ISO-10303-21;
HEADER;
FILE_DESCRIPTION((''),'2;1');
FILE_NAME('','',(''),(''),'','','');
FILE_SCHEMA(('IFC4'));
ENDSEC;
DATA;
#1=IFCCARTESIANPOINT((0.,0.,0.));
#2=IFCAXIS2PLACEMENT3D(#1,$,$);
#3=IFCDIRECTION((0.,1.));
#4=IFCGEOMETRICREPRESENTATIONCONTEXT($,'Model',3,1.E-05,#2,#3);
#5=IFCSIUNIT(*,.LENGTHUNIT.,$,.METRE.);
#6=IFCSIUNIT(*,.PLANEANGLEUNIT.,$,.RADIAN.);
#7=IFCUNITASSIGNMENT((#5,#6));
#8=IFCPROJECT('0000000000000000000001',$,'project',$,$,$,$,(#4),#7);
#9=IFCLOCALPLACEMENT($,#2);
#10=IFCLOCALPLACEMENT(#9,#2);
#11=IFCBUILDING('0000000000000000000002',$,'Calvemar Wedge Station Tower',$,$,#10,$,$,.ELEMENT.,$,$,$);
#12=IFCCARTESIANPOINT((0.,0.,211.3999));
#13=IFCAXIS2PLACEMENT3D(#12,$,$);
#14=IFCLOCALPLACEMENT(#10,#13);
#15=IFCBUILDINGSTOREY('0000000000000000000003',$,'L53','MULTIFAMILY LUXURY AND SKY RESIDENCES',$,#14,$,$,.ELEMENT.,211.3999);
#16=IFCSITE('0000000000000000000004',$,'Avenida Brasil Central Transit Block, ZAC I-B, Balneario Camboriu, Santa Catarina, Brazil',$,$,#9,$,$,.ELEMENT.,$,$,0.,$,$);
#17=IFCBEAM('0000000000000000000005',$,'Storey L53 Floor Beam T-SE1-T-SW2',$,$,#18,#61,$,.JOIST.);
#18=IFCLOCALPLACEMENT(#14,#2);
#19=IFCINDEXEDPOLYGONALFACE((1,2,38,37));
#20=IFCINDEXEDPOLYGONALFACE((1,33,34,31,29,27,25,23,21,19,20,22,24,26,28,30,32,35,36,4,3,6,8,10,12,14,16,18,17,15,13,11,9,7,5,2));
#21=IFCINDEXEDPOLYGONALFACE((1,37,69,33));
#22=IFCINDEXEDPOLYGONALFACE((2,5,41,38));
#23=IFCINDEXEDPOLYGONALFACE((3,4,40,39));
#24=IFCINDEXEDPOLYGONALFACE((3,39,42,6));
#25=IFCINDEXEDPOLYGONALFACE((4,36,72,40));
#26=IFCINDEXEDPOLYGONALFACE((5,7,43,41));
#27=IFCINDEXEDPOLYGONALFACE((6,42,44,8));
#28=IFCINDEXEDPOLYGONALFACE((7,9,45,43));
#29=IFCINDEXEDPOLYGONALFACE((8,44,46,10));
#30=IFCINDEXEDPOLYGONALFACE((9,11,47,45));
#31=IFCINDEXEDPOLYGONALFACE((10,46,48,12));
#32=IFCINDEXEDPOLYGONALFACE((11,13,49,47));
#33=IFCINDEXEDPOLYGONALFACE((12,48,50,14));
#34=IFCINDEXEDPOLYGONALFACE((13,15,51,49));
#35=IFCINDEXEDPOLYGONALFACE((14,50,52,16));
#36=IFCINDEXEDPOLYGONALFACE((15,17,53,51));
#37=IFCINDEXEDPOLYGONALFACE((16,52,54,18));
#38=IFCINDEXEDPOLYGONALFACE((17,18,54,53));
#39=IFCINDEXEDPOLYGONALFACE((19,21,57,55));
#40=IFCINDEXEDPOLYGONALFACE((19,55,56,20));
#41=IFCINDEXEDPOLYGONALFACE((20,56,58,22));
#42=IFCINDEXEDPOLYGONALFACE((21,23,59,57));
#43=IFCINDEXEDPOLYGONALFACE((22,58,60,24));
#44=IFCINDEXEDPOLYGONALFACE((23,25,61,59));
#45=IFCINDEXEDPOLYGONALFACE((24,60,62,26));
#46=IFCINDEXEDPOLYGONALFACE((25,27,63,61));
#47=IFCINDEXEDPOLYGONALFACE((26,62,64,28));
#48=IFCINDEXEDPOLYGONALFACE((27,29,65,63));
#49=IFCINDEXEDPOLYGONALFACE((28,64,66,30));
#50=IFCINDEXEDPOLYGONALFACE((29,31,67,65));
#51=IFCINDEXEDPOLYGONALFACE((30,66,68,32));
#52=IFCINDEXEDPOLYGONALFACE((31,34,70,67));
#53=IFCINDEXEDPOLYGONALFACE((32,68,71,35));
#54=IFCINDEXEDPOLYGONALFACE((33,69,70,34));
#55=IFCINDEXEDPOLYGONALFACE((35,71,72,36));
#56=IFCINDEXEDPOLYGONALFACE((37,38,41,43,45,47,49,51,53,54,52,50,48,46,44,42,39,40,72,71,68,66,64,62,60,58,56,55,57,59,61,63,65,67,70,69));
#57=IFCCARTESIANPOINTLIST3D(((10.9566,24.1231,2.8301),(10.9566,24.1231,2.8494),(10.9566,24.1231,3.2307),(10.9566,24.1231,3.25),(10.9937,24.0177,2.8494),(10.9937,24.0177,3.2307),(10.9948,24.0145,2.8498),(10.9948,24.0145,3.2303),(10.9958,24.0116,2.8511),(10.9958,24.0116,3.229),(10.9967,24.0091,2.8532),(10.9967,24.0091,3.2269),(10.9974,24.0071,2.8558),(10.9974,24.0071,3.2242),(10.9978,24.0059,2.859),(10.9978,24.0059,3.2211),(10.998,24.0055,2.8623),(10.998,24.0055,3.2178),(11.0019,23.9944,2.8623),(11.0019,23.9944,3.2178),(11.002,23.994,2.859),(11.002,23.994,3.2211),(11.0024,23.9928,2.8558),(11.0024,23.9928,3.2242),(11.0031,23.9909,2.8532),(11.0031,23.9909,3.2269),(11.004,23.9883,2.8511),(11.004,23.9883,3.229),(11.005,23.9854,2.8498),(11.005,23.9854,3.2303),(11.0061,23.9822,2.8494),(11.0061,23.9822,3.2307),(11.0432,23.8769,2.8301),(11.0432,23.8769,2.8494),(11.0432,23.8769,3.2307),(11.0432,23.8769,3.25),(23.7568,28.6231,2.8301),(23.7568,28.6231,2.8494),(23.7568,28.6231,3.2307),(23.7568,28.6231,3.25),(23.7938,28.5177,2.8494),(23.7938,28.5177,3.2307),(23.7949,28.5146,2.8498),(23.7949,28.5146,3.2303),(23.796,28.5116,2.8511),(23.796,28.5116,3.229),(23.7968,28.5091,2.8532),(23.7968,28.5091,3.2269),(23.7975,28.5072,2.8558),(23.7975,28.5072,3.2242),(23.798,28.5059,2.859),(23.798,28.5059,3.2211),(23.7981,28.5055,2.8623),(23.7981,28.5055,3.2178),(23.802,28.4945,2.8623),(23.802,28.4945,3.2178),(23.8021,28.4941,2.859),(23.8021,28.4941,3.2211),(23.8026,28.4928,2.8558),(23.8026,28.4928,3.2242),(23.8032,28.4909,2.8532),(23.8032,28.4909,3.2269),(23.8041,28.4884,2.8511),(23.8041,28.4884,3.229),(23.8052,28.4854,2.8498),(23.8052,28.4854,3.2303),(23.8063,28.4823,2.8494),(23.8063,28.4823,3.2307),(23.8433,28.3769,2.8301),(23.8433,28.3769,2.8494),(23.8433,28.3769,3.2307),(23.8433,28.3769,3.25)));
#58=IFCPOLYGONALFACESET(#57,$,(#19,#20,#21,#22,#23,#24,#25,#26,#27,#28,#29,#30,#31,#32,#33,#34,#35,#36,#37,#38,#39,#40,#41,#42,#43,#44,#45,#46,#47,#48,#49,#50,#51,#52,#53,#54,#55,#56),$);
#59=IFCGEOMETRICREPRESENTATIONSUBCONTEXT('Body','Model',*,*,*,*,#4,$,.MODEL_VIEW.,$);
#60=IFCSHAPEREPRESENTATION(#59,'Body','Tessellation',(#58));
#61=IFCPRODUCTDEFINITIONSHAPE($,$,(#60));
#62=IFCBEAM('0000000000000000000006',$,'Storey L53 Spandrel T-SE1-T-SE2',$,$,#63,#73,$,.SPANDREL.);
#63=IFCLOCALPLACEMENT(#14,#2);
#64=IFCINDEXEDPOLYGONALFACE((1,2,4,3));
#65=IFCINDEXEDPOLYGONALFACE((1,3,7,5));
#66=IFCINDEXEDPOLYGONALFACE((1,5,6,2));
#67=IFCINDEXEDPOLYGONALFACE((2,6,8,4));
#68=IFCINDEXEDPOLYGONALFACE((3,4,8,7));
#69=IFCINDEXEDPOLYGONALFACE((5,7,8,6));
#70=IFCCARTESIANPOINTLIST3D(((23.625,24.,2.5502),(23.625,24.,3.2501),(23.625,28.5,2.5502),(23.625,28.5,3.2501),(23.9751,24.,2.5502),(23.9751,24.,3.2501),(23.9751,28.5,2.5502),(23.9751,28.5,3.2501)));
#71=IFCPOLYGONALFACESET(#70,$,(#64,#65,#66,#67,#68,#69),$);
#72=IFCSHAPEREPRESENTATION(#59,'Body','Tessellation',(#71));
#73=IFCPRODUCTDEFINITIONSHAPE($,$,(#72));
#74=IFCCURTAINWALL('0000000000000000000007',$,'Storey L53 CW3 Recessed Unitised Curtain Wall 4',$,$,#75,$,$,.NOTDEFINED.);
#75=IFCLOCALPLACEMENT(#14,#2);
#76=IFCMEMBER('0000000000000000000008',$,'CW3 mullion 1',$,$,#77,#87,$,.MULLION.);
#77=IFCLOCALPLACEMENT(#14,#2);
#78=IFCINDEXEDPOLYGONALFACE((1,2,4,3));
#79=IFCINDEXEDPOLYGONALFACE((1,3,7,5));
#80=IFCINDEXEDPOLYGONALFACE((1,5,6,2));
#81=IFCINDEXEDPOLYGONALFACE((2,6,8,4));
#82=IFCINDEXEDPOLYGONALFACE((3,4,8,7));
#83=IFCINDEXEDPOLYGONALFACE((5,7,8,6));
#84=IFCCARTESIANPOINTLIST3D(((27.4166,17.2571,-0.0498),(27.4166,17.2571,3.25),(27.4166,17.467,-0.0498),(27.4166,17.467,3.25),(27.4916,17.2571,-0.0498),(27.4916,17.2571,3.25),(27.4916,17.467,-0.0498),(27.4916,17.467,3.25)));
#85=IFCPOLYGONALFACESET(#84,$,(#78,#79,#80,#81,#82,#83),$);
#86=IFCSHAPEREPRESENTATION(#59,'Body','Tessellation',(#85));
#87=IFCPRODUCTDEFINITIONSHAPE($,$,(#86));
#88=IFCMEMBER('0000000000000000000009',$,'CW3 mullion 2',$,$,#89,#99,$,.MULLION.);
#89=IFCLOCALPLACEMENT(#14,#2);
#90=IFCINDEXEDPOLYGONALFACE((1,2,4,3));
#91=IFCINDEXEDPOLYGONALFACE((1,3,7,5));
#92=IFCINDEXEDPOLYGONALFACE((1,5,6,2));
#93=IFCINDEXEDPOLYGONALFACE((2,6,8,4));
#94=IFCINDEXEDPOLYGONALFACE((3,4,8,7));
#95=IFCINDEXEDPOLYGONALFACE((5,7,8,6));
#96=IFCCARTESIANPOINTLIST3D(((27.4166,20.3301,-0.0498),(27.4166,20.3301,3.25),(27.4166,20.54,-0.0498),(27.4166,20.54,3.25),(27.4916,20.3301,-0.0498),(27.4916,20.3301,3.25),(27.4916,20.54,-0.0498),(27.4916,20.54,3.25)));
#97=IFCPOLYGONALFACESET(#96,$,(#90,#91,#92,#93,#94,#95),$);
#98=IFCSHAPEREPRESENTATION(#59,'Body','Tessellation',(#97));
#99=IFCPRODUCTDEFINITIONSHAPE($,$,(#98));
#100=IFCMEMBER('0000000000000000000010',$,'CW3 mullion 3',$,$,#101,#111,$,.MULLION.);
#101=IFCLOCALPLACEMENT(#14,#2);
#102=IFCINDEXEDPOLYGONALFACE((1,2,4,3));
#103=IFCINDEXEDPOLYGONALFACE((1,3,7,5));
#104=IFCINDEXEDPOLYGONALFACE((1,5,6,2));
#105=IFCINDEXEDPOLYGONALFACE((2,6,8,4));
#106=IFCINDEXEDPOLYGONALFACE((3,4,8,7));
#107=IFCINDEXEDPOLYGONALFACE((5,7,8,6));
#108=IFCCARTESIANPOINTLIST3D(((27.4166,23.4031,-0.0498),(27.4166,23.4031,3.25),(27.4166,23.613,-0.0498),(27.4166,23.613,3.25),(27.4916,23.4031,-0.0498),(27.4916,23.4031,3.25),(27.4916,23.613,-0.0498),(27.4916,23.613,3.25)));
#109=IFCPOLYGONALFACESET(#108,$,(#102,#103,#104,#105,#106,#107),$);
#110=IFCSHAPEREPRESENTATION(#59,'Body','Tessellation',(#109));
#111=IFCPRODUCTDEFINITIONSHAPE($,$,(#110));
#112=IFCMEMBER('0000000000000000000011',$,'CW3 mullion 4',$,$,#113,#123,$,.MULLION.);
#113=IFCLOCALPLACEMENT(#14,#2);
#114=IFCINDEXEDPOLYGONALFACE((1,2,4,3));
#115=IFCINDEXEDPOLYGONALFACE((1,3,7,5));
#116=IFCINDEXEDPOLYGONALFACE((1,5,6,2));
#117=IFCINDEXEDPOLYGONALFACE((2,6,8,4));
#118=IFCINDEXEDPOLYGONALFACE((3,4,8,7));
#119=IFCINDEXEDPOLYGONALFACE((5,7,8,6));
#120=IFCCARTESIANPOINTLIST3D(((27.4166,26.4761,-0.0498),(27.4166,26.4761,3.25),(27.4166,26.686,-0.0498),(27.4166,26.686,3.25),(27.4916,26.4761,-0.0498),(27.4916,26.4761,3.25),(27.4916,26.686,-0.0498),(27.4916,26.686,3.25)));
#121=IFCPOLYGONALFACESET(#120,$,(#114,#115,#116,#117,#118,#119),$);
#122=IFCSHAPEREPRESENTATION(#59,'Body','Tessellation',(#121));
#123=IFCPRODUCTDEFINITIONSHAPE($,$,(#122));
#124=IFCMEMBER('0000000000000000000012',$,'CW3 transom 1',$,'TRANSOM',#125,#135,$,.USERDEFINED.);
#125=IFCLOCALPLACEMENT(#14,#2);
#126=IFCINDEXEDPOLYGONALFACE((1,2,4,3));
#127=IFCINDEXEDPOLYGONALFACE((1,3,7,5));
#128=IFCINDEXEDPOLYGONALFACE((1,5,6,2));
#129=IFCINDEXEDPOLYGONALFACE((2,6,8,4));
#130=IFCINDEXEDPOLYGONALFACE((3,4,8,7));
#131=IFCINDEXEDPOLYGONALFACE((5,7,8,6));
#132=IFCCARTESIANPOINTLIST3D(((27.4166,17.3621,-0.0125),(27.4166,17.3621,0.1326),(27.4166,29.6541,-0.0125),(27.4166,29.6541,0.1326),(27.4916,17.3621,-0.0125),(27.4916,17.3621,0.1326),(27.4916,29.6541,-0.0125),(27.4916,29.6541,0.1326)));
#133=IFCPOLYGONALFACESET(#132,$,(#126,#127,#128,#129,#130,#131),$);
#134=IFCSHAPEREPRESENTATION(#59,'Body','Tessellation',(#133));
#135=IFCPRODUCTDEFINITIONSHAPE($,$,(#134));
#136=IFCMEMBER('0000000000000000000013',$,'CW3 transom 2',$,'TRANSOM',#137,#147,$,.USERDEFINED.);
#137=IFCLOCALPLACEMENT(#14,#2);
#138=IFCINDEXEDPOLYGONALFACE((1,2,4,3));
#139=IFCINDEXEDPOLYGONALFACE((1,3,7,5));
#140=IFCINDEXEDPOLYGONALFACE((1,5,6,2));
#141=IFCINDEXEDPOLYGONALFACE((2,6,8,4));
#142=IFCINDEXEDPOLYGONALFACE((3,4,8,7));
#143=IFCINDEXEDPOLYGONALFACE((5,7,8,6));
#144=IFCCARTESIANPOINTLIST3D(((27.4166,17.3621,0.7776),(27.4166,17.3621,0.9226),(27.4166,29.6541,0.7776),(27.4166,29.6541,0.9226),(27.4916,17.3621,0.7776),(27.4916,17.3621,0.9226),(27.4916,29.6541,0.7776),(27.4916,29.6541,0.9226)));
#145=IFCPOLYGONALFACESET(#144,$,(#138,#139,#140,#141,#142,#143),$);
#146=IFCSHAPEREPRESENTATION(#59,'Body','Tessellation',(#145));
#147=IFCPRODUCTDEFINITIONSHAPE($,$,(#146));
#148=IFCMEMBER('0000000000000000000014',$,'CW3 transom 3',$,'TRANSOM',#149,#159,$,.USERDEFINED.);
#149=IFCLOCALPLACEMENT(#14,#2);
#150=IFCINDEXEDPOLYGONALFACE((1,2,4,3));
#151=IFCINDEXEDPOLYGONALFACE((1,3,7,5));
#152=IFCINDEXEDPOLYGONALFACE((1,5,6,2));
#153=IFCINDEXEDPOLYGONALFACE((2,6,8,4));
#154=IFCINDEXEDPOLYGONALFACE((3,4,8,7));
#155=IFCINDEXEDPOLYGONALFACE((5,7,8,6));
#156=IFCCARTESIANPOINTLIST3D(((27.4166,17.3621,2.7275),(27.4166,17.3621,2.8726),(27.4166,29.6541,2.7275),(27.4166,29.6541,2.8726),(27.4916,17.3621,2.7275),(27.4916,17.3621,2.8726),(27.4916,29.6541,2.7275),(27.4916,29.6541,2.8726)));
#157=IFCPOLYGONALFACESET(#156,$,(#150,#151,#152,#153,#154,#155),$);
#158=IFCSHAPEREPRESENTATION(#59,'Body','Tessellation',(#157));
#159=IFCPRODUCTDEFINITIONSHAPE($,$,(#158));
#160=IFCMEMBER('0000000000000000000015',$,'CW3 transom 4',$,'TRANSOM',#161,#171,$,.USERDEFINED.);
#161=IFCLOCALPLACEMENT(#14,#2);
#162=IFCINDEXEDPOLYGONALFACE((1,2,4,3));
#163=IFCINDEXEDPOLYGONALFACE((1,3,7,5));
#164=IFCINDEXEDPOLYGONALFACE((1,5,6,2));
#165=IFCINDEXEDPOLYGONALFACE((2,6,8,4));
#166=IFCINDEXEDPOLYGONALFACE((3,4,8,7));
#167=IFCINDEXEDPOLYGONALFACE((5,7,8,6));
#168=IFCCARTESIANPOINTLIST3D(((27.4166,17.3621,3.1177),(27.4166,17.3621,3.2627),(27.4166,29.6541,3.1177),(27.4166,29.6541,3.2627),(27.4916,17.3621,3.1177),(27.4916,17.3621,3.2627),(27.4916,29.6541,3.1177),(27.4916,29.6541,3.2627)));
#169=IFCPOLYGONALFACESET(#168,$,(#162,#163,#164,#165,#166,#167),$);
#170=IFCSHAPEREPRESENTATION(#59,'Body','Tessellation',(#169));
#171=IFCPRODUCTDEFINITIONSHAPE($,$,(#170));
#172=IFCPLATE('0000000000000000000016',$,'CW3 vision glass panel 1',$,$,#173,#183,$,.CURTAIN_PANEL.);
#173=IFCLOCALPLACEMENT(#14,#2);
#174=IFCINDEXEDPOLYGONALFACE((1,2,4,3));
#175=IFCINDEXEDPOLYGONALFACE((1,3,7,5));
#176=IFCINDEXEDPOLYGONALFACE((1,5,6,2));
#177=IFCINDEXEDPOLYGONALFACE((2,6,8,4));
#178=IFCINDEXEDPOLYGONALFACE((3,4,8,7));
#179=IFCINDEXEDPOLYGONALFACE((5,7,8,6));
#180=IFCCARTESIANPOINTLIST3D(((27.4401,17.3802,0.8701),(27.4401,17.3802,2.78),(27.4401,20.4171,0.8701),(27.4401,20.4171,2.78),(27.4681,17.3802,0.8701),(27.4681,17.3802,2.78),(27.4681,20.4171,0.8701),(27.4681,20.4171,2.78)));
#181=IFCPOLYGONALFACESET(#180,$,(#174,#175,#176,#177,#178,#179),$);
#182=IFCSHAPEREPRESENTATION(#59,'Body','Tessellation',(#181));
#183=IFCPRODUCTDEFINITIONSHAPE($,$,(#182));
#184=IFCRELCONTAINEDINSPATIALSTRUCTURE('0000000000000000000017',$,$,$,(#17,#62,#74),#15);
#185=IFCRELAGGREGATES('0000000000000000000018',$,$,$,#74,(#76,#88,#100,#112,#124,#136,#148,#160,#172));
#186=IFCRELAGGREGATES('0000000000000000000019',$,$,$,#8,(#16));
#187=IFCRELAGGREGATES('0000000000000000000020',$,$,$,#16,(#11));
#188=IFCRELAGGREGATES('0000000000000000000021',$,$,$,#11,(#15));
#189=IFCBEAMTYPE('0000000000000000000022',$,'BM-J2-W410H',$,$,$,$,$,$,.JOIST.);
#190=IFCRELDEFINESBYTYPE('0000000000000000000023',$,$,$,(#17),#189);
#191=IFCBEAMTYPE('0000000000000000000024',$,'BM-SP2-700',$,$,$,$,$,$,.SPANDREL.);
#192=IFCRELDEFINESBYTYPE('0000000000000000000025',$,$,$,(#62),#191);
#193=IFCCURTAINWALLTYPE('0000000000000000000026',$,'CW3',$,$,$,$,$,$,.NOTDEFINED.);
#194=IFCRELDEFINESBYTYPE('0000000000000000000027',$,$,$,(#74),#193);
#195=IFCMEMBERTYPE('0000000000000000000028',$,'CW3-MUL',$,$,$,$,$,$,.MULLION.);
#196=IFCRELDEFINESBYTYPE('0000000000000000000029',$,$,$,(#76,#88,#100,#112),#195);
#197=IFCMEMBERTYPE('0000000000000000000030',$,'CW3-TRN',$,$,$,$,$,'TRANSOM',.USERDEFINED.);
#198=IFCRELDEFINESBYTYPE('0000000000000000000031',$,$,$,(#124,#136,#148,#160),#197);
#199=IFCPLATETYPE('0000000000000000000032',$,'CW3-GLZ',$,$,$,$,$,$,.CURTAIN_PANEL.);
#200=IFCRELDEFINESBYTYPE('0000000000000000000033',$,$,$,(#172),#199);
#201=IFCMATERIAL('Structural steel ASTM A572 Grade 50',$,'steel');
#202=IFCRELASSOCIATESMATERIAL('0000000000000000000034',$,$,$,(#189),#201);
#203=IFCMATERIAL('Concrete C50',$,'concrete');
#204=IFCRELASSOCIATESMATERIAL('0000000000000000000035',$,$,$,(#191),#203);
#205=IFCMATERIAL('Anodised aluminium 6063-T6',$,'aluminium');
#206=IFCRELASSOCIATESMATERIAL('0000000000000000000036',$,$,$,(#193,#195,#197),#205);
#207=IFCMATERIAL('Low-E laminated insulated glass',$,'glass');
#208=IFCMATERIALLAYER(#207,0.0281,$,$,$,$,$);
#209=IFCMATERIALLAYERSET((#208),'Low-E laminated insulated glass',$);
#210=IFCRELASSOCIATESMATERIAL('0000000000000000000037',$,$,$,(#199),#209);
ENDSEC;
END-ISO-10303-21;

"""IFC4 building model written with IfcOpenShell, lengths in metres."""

from ifc_helpers import new_model, si_unit, direction, frame, frame_2d, origin, origin_2d, place, context, subcontext, project, spatial, rectangle, i_section, extrude, source, transform, mapped, material, layer, layer_set, material_profile, profile_set, type_object, element, aggregate, save


model = new_model("IFC4")

# Units and contexts
model_context = context("Model", 3, precision=1e-05, world=origin(), true_north=direction((0.0, 1.0)))
body_context = subcontext(model_context, "Body", "Model", "MODEL_VIEW")
ifc_project = project(units=[si_unit("LENGTHUNIT", "METRE"), si_unit("PLANEANGLEUNIT", "RADIAN")], contexts=[model_context])

# Site, building, storey
site_placement = place(None, origin())
site = spatial("IfcSite", under=ifc_project, at=site_placement, Name="Avenida Brasil Central Transit Block, ZAC I-B, Balneario Camboriu, Santa Catarina, Brazil", CompositionType="ELEMENT", RefElevation=0.0)
building_placement = place(site_placement, origin())
building = spatial("IfcBuilding", under=site, at=building_placement, Name="Calvemar Wedge Station Tower", CompositionType="ELEMENT")
storey_placement = place(building_placement, frame((0.0, 0.0, 211.3999)))
storey = spatial("IfcBuildingStorey", under=building, at=storey_placement, Name="L53", Description="MULTIFAMILY LUXURY AND SKY RESIDENCES", CompositionType="ELEMENT", Elevation=211.3999)

# Beams
ifc_material_1 = material(Name="Structural steel ASTM A572 Grade 50", Category="steel")
ifc_material_profile_1 = material_profile(ifc_material_1, i_section(OverallWidth=0.261, OverallDepth=0.4199, WebThickness=0.0117, FlangeThickness=0.0193, FilletRadius=0.0129, at=origin_2d()), Name="W410x114")
ifc_profile_set_1 = profile_set([ifc_material_profile_1], Name="Structural steel ASTM A572 Grade 50")
beam_type_1 = type_object("IfcBeamType", Name="BM-J2-W410H", PredefinedType="JOIST", material=ifc_profile_set_1)
shared_shape_1 = source(origin(), body_context, "Body", "SweptSolid", [
    extrude(i_section(OverallWidth=0.261, OverallDepth=0.4199, WebThickness=0.0117, FlangeThickness=0.0193, FilletRadius=0.0129, at=origin_2d()), origin(), (0.0, 0.0, 1.0), 13.5681),
])
beam_1_placement = place(storey_placement, frame((23.8, 28.5, 3.04), z_axis=(-0.943398, -0.331662, 0.0), x_axis=(0.331662, -0.943398, 0.0)))
element("IfcBeam", 1, at=beam_1_placement, inside=storey, type_object=beam_type_1, Name="Storey L53 Floor Beam T-SE1-T-SW2", PredefinedType="JOIST", context=body_context, shape_type="MappedRepresentation", body=[
    mapped(shared_shape_1, transform((0.0, 0.0, 0.0), scale=1.0)),
])
ifc_material_2 = material(Name="Concrete C50", Category="concrete")
ifc_material_profile_2 = material_profile(ifc_material_2, rectangle(XDim=0.3501, YDim=0.7, at=origin_2d()), Name="RC350x700")
ifc_profile_set_2 = profile_set([ifc_material_profile_2], Name="Concrete C50")
beam_type_2 = type_object("IfcBeamType", Name="BM-SP2-700", PredefinedType="SPANDREL", material=ifc_profile_set_2)
shared_shape_2 = source(origin(), body_context, "Body", "SweptSolid", [
    extrude(rectangle(XDim=0.3501, YDim=0.7, at=origin_2d()), origin(), (0.0, 0.0, 1.0), 4.5),
])
beam_2_placement = place(storey_placement, frame((23.8, 28.5, 2.9001), z_axis=(0.0, -1.0, 0.0), x_axis=(1.0, 0.0, 0.0)))
element("IfcBeam", 2, at=beam_2_placement, inside=storey, type_object=beam_type_2, Name="Storey L53 Spandrel T-SE1-T-SE2", PredefinedType="SPANDREL", context=body_context, shape_type="MappedRepresentation", body=[
    mapped(shared_shape_2, transform((0.0, 0.0, 0.0), scale=1.0)),
])

# Curtain wall, members, plate
ifc_material_3 = material(Name="Anodised aluminium 6063-T6", Category="aluminium")
curtain_wall_type = type_object("IfcCurtainWallType", Name="CW3", PredefinedType="NOTDEFINED", material=ifc_material_3)
curtain_wall_placement = place(storey_placement, origin())
curtain_wall = element("IfcCurtainWall", 3, at=curtain_wall_placement, inside=storey, type_object=curtain_wall_type, Name="Storey L53 CW3 Recessed Unitised Curtain Wall 4", PredefinedType="NOTDEFINED")
ifc_material_profile_3 = material_profile(ifc_material_3, rectangle(XDim=0.075, YDim=0.21, at=origin_2d()), Name="AL-MUL-75x210")
ifc_profile_set_3 = profile_set([ifc_material_profile_3], Name="Anodised aluminium 6063-T6")
member_type_1 = type_object("IfcMemberType", Name="CW3-MUL", PredefinedType="MULLION", material=ifc_profile_set_3)
shared_shape_3 = source(origin(), body_context, "Body", "SweptSolid", [
    extrude(rectangle(XDim=0.075, YDim=0.21, at=origin_2d()), origin(), (0.0, 0.0, 1.0), 3.2998),
])
member_1_placement = place(storey_placement, frame((27.4541, 17.3621, -0.0498), z_axis=(0.0, 0.0, 1.0), x_axis=(1.0, 0.0, 0.0)))
member_1 = element("IfcMember", 4, at=member_1_placement, type_object=member_type_1, Name="CW3 mullion 1", PredefinedType="MULLION", context=body_context, shape_type="MappedRepresentation", body=[
    mapped(shared_shape_3, transform((0.0, 0.0, 0.0), scale=1.0)),
])
member_2_placement = place(storey_placement, frame((27.4541, 20.4351, -0.0498), z_axis=(0.0, 0.0, 1.0), x_axis=(1.0, 0.0, 0.0)))
member_2 = element("IfcMember", 5, at=member_2_placement, type_object=member_type_1, Name="CW3 mullion 2", PredefinedType="MULLION", context=body_context, shape_type="MappedRepresentation", body=[
    mapped(shared_shape_3, transform((0.0, 0.0, 0.0), scale=1.0)),
])
member_3_placement = place(storey_placement, frame((27.4541, 23.5081, -0.0498), z_axis=(0.0, 0.0, 1.0), x_axis=(1.0, 0.0, 0.0)))
member_3 = element("IfcMember", 6, at=member_3_placement, type_object=member_type_1, Name="CW3 mullion 3", PredefinedType="MULLION", context=body_context, shape_type="MappedRepresentation", body=[
    mapped(shared_shape_3, transform((0.0, 0.0, 0.0), scale=1.0)),
])
member_4_placement = place(storey_placement, frame((27.4541, 26.5811, -0.0498), z_axis=(0.0, 0.0, 1.0), x_axis=(1.0, 0.0, 0.0)))
member_4 = element("IfcMember", 7, at=member_4_placement, type_object=member_type_1, Name="CW3 mullion 4", PredefinedType="MULLION", context=body_context, shape_type="MappedRepresentation", body=[
    mapped(shared_shape_3, transform((0.0, 0.0, 0.0), scale=1.0)),
])
ifc_material_profile_4 = material_profile(ifc_material_3, rectangle(XDim=0.075, YDim=0.145, at=origin_2d()), Name="AL-TRN-75x145")
ifc_profile_set_4 = profile_set([ifc_material_profile_4], Name="Anodised aluminium 6063-T6")
member_type_2 = type_object("IfcMemberType", Name="CW3-TRN", ElementType="TRANSOM", PredefinedType="USERDEFINED", material=ifc_profile_set_4)
shared_shape_4 = source(origin(), body_context, "Body", "SweptSolid", [
    extrude(rectangle(XDim=0.075, YDim=0.145, at=origin_2d()), origin(), (0.0, 0.0, 1.0), 12.292),
])
member_5_placement = place(storey_placement, frame((27.4541, 17.3621, 0.0601), z_axis=(0.0, 1.0, 0.0), x_axis=(-1.0, 0.0, 0.0)))
member_5 = element("IfcMember", 8, at=member_5_placement, type_object=member_type_2, Name="CW3 transom 1", ObjectType="TRANSOM", PredefinedType="USERDEFINED", context=body_context, shape_type="MappedRepresentation", body=[
    mapped(shared_shape_4, transform((0.0, 0.0, 0.0), scale=1.0)),
])
member_6_placement = place(storey_placement, frame((27.4541, 17.3621, 0.8501), z_axis=(0.0, 1.0, 0.0), x_axis=(-1.0, 0.0, 0.0)))
member_6 = element("IfcMember", 9, at=member_6_placement, type_object=member_type_2, Name="CW3 transom 2", ObjectType="TRANSOM", PredefinedType="USERDEFINED", context=body_context, shape_type="MappedRepresentation", body=[
    mapped(shared_shape_4, transform((0.0, 0.0, 0.0), scale=1.0)),
])
member_7_placement = place(storey_placement, frame((27.4541, 17.3621, 2.8), z_axis=(0.0, 1.0, 0.0), x_axis=(-1.0, 0.0, 0.0)))
member_7 = element("IfcMember", 10, at=member_7_placement, type_object=member_type_2, Name="CW3 transom 3", ObjectType="TRANSOM", PredefinedType="USERDEFINED", context=body_context, shape_type="MappedRepresentation", body=[
    mapped(shared_shape_4, transform((0.0, 0.0, 0.0), scale=1.0)),
])
member_8_placement = place(storey_placement, frame((27.4541, 17.3621, 3.1902), z_axis=(0.0, 1.0, 0.0), x_axis=(-1.0, 0.0, 0.0)))
member_8 = element("IfcMember", 11, at=member_8_placement, type_object=member_type_2, Name="CW3 transom 4", ObjectType="TRANSOM", PredefinedType="USERDEFINED", context=body_context, shape_type="MappedRepresentation", body=[
    mapped(shared_shape_4, transform((0.0, 0.0, 0.0), scale=1.0)),
])
ifc_material_4 = material(Name="Low-E laminated insulated glass", Category="glass")
ifc_layer_1 = layer(ifc_material_4, 0.0281)
ifc_layer_set_1 = layer_set([ifc_layer_1], Name="Low-E laminated insulated glass")
plate_type_1 = type_object("IfcPlateType", Name="CW3-GLZ", PredefinedType="CURTAIN_PANEL", material=ifc_layer_set_1)
plate_1_placement = place(storey_placement, frame((27.4541, 17.3801, 0.8701), z_axis=(0.0, 0.0, 1.0), x_axis=(0.0, 1.0, 0.0)))
plate_1 = element("IfcPlate", 12, at=plate_1_placement, type_object=plate_type_1, Name="CW3 vision glass panel 1", PredefinedType="CURTAIN_PANEL", context=body_context, shape_type="SweptSolid", body=[
    extrude(rectangle(XDim=3.0369, YDim=0.0281, at=frame_2d((1.5186, 0.0))), origin(), (0.0, 0.0, 1.0), 1.9099),
])
aggregate(curtain_wall, [member_1, member_2, member_3, member_4, member_5, member_6, member_7, member_8, plate_1])

save(model, "model.ifc")
